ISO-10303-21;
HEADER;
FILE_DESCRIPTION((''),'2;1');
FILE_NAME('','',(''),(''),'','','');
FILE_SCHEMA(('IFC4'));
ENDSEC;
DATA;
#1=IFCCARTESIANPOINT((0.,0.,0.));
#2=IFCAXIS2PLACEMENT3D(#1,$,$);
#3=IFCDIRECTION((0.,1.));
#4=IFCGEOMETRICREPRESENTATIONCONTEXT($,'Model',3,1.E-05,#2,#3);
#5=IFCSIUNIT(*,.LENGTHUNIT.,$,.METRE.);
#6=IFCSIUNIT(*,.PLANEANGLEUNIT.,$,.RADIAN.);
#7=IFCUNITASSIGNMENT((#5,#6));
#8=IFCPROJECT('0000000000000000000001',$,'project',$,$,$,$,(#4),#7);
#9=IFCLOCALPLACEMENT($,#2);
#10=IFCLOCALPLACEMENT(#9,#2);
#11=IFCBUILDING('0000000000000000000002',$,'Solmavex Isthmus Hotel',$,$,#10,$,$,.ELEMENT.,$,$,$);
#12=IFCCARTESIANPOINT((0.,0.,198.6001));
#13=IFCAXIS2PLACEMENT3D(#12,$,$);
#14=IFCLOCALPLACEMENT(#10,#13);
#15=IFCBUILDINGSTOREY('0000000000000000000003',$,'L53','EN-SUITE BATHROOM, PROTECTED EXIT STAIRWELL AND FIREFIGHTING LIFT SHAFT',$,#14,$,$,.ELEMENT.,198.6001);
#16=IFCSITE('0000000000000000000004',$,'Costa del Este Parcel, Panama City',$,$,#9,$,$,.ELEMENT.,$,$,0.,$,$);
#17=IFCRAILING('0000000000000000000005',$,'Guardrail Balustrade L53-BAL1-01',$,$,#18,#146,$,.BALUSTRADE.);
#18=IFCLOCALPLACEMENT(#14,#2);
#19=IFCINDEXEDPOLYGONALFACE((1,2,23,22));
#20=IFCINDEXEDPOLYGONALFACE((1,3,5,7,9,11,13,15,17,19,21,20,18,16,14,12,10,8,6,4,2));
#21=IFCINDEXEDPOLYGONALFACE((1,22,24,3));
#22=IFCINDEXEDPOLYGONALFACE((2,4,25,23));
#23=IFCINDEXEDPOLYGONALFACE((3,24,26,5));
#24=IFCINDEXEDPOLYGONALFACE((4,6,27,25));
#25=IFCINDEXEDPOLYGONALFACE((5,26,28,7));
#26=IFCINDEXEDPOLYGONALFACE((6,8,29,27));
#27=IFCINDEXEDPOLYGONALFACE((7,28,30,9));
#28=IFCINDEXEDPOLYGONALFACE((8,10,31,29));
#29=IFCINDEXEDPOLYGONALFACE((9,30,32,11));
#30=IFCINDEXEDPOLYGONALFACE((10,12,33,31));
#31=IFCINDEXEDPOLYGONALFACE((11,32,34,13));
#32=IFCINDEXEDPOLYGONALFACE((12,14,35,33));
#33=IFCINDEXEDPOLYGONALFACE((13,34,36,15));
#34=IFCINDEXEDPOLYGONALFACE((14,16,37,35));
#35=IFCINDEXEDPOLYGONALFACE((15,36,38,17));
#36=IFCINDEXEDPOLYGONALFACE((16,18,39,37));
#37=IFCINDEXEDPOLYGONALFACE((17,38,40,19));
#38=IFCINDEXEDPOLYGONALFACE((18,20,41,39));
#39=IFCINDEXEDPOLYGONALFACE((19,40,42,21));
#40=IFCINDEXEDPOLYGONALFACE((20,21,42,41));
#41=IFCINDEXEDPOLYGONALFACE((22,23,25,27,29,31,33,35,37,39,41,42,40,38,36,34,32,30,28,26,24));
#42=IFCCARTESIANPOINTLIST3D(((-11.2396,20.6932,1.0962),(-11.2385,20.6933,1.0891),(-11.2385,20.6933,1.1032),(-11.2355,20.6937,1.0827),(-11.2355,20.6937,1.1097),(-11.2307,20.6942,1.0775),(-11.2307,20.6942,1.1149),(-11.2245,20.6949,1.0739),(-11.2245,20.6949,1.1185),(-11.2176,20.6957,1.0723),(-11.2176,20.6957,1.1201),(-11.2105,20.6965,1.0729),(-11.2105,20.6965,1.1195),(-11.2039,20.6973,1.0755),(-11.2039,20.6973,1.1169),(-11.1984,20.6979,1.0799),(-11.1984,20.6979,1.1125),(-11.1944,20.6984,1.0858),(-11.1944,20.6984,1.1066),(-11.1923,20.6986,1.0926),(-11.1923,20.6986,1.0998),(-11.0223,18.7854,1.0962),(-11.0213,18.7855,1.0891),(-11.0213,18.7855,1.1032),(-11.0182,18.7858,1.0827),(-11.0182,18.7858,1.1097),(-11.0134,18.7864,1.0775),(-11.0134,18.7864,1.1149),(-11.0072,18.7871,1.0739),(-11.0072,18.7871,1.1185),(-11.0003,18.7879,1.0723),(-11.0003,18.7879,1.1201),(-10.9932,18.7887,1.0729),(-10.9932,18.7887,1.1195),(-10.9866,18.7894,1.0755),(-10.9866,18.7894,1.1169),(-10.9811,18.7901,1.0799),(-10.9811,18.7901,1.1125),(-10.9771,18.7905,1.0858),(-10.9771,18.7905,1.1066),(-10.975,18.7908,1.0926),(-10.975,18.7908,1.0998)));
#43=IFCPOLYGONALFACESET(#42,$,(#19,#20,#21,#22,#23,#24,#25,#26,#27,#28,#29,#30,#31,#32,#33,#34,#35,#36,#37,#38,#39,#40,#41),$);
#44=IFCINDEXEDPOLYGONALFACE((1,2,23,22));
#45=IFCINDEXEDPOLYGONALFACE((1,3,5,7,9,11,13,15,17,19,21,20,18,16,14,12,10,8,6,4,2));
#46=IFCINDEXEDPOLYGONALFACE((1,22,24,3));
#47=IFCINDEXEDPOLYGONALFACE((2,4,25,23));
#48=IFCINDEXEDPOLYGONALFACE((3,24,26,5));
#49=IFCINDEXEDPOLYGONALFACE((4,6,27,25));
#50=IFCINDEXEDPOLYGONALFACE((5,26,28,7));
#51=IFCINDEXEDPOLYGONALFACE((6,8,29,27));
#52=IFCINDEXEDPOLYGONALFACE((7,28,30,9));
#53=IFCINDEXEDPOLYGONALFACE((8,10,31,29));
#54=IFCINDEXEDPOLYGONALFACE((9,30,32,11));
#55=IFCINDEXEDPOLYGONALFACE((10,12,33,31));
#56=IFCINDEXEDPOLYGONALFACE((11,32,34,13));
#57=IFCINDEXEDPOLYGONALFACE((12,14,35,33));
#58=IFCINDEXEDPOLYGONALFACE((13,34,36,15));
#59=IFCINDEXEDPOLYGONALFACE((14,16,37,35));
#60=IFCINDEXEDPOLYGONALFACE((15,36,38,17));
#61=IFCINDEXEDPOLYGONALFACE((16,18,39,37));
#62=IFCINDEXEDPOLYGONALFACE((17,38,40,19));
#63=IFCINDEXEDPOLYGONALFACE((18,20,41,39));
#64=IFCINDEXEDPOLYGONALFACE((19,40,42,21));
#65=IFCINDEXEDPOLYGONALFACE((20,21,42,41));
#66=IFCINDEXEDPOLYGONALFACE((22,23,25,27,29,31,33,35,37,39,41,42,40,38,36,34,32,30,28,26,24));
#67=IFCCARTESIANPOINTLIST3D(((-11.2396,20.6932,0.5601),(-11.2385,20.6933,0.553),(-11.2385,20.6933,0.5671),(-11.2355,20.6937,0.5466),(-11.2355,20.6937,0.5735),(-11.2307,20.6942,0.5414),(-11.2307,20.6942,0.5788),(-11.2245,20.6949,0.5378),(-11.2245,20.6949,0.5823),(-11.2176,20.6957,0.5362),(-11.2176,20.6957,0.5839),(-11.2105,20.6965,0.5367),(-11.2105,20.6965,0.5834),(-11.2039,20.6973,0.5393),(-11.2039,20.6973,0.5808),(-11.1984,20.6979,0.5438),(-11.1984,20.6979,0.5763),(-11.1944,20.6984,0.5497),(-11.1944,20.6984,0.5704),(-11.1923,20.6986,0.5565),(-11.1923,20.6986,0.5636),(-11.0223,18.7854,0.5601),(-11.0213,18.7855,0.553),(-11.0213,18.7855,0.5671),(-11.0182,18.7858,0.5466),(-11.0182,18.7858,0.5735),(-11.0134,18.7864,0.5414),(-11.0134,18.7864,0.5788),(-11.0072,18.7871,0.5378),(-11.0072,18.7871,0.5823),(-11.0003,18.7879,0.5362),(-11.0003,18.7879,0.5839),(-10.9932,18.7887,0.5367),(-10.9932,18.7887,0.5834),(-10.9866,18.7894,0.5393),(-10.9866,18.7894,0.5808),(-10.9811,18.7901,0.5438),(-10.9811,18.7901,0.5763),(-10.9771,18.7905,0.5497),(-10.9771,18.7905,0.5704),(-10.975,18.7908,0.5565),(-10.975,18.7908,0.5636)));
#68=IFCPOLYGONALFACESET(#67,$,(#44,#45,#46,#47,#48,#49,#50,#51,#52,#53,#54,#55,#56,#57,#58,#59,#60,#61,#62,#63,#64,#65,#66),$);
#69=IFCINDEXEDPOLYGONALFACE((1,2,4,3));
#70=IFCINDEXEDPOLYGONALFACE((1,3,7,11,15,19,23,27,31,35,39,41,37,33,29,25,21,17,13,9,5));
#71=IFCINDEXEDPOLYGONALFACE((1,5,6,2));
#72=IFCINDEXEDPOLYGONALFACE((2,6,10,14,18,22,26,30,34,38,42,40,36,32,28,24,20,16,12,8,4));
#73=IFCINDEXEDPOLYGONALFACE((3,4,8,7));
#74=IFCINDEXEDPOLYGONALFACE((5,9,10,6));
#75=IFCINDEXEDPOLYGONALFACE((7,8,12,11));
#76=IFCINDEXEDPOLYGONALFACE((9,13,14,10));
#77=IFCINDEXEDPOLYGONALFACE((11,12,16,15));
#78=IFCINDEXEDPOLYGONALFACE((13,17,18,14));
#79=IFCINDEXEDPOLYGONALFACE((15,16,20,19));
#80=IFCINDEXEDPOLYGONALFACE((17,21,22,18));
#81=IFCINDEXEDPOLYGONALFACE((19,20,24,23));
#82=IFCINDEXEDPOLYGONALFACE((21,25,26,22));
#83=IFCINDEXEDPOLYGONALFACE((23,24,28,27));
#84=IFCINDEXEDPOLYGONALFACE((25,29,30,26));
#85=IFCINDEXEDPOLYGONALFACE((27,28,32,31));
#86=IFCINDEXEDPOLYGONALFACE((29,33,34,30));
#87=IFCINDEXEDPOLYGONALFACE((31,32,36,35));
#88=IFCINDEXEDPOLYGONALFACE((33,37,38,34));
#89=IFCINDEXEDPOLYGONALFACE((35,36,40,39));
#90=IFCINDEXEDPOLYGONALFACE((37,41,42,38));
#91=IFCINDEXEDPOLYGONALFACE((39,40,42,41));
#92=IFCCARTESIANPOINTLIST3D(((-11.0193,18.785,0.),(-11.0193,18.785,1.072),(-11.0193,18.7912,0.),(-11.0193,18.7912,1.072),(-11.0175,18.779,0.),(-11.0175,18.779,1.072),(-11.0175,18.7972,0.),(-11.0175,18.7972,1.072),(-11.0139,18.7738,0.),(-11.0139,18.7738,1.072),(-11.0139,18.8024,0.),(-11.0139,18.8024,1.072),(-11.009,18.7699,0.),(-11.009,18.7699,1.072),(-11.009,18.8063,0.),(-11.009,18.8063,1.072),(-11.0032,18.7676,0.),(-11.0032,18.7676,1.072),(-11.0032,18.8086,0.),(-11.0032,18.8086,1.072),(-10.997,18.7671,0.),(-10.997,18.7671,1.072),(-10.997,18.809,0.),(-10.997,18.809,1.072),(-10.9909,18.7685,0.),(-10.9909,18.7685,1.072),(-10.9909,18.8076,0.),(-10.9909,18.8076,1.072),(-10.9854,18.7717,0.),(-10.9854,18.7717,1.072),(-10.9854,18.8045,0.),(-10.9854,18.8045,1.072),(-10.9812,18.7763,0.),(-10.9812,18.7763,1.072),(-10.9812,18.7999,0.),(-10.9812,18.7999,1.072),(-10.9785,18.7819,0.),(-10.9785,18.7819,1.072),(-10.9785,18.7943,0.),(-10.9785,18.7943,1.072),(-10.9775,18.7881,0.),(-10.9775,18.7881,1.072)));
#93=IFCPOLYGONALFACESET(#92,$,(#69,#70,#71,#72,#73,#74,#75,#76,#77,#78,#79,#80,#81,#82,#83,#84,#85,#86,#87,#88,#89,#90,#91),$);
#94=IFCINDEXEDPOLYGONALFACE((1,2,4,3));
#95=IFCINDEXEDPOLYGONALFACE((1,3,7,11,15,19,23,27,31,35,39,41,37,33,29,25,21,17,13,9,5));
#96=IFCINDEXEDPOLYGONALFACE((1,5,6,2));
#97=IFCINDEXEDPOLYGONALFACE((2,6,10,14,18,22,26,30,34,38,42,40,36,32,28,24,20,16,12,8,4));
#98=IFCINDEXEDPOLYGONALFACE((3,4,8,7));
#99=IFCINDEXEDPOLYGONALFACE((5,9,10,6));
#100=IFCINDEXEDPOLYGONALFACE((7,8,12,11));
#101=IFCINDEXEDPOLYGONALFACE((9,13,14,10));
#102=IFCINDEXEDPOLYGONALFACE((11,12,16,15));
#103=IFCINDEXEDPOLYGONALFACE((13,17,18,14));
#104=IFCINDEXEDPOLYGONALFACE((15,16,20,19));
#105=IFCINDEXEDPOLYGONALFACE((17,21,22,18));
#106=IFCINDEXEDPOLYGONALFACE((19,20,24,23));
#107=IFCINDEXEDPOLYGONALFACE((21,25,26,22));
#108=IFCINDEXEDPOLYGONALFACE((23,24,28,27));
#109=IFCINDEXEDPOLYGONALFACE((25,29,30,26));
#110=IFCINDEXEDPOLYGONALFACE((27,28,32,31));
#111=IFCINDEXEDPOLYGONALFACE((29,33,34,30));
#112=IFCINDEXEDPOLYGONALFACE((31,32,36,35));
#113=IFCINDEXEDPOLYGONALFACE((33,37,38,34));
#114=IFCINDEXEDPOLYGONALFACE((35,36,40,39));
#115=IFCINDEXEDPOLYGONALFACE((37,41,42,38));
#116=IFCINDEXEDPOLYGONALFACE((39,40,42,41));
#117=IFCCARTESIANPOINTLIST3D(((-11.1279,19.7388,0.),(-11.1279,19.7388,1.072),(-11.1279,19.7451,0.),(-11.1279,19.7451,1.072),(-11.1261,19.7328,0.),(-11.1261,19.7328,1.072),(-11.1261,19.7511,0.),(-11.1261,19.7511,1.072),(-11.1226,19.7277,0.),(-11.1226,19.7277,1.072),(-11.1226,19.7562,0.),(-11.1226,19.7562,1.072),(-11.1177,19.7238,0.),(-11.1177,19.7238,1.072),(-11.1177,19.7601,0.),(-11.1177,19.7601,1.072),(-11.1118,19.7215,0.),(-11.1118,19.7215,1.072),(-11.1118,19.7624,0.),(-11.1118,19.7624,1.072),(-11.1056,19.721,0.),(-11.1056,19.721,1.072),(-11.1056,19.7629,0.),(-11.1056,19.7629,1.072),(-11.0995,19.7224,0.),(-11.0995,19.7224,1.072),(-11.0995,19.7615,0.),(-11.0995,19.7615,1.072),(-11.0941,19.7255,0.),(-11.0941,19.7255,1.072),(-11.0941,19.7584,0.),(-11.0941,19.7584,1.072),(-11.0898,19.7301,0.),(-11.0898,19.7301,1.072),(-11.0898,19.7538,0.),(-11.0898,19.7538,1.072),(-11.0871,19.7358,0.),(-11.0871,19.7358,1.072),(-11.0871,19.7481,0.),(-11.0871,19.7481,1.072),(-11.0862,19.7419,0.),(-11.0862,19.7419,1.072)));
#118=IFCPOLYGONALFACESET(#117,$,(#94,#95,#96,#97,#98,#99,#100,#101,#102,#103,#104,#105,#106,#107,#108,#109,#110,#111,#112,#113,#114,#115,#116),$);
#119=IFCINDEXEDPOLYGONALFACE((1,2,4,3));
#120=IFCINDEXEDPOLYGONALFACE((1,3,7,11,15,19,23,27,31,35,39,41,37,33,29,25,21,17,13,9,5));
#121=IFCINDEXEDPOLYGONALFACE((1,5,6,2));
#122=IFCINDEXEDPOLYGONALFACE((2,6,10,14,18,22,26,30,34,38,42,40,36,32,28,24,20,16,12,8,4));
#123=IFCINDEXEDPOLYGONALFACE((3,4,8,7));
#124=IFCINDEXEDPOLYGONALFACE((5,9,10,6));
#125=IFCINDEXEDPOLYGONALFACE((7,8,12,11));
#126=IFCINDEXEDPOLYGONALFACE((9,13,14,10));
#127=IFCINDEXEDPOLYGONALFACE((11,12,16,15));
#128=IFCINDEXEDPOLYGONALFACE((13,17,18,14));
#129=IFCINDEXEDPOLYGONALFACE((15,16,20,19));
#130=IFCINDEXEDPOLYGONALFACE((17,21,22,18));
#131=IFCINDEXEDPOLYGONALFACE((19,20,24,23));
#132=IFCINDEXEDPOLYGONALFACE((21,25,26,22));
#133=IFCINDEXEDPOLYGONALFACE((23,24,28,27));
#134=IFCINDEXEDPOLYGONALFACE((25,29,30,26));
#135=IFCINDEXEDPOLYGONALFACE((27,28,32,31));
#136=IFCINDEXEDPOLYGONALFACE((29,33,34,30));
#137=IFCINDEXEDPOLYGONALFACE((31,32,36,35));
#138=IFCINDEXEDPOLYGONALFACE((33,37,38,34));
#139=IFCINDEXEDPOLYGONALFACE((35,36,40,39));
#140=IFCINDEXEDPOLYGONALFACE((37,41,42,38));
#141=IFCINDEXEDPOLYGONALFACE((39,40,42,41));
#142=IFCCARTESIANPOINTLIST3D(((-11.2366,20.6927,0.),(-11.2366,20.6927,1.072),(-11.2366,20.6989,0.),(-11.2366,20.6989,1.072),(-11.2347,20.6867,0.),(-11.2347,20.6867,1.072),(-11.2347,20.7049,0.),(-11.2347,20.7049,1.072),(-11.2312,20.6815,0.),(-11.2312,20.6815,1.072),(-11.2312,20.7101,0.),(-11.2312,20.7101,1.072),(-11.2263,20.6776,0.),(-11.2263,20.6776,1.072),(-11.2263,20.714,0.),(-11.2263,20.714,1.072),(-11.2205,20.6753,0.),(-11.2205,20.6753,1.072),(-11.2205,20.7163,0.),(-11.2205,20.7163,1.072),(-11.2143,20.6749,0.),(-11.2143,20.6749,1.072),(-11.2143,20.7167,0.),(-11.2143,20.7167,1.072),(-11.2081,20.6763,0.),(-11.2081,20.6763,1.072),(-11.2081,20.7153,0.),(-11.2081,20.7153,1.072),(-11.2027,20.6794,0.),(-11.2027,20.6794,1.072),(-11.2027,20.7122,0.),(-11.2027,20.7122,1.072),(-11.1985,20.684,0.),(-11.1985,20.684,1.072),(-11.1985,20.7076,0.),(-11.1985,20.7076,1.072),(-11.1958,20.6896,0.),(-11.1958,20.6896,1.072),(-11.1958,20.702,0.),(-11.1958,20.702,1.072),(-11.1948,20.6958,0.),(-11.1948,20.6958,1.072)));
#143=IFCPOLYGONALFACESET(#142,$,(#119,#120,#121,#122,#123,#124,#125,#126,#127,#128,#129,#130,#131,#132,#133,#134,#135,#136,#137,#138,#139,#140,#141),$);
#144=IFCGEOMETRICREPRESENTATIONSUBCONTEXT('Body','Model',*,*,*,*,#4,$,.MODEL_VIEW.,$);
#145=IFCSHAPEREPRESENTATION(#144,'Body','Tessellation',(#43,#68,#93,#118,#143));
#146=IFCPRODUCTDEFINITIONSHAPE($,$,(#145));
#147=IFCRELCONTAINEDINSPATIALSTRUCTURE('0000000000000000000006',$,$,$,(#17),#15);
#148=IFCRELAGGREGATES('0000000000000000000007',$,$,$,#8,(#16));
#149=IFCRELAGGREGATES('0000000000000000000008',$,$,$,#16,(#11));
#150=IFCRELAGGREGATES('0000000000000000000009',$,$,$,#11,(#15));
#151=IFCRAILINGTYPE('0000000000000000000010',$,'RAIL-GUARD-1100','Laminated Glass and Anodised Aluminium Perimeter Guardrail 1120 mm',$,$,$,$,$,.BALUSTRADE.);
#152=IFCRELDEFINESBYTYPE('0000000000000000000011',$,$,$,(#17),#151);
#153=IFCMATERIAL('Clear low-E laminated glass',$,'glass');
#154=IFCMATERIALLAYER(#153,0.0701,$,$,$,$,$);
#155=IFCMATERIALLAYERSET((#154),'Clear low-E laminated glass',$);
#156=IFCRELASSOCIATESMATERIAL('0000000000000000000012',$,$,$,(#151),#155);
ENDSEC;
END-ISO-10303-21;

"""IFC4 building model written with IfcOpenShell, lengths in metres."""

from ifc_helpers import new_model, si_unit, direction, frame, origin, origin_2d, place, context, subcontext, project, spatial, circle, extrude, material, layer, layer_set, type_object, element, save


model = new_model("IFC4")

# Units and contexts
model_context = context("Model", 3, precision=1e-05, world=origin(), true_north=direction((0.0, 1.0)))
body_context = subcontext(model_context, "Body", "Model", "MODEL_VIEW")
ifc_project = project(units=[si_unit("LENGTHUNIT", "METRE"), si_unit("PLANEANGLEUNIT", "RADIAN")], contexts=[model_context])

# Site, building, storey
site_placement = place(None, origin())
site = spatial("IfcSite", under=ifc_project, at=site_placement, Name="Costa del Este Parcel, Panama City", CompositionType="ELEMENT", RefElevation=0.0)
building_placement = place(site_placement, origin())
building = spatial("IfcBuilding", under=site, at=building_placement, Name="Solmavex Isthmus Hotel", CompositionType="ELEMENT")
storey_placement = place(building_placement, frame((0.0, 0.0, 198.6001)))
storey = spatial("IfcBuildingStorey", under=building, at=storey_placement, Name="L53", Description="EN-SUITE BATHROOM, PROTECTED EXIT STAIRWELL AND FIREFIGHTING LIFT SHAFT", CompositionType="ELEMENT", Elevation=198.6001)

# Shared definitions
ifc_material_1 = material(Name="Clear low-E laminated glass", Category="glass")

# Railing
ifc_layer_1 = layer(ifc_material_1, 0.0701)
ifc_layer_set_1 = layer_set([ifc_layer_1], Name="Clear low-E laminated glass")
railing_type = type_object("IfcRailingType", Name="RAIL-GUARD-1100", Description="Laminated Glass and Anodised Aluminium Perimeter Guardrail 1120 mm", PredefinedType="BALUSTRADE", material=ifc_layer_set_1)
railing_1_placement = place(storey_placement, frame((-10.9985, 18.7881, 0.0)))
element("IfcRailing", 1, at=railing_1_placement, inside=storey, type_object=railing_type, Name="Guardrail Balustrade L53-BAL1-01", PredefinedType="BALUSTRADE", context=body_context, shape_type="SweptSolid", body=[
    extrude(circle(Radius=0.0239, at=origin_2d()), frame((0.0, 0.0, 1.0962), z_axis=(-0.113166, 0.993576, 0.0), x_axis=(-0.993576, -0.113166, 0.0)), (0.0, 0.0, 1.0), 1.9202),
    extrude(circle(Radius=0.0239, at=origin_2d()), frame((0.0, 0.0, 0.5601), z_axis=(-0.113166, 0.993576, 0.0), x_axis=(-0.993576, -0.113166, 0.0)), (0.0, 0.0, 1.0), 1.9202),
    extrude(circle(Radius=0.021, at=origin_2d()), origin(), (0.0, 0.0, 1.0), 1.072),
    extrude(circle(Radius=0.021, at=origin_2d()), frame((-0.1086, 0.9539, 0.0)), (0.0, 0.0, 1.0), 1.072),
    extrude(circle(Radius=0.021, at=origin_2d()), frame((-0.2173, 1.9077, 0.0)), (0.0, 0.0, 1.0), 1.072),
])

save(model, "model.ifc")
